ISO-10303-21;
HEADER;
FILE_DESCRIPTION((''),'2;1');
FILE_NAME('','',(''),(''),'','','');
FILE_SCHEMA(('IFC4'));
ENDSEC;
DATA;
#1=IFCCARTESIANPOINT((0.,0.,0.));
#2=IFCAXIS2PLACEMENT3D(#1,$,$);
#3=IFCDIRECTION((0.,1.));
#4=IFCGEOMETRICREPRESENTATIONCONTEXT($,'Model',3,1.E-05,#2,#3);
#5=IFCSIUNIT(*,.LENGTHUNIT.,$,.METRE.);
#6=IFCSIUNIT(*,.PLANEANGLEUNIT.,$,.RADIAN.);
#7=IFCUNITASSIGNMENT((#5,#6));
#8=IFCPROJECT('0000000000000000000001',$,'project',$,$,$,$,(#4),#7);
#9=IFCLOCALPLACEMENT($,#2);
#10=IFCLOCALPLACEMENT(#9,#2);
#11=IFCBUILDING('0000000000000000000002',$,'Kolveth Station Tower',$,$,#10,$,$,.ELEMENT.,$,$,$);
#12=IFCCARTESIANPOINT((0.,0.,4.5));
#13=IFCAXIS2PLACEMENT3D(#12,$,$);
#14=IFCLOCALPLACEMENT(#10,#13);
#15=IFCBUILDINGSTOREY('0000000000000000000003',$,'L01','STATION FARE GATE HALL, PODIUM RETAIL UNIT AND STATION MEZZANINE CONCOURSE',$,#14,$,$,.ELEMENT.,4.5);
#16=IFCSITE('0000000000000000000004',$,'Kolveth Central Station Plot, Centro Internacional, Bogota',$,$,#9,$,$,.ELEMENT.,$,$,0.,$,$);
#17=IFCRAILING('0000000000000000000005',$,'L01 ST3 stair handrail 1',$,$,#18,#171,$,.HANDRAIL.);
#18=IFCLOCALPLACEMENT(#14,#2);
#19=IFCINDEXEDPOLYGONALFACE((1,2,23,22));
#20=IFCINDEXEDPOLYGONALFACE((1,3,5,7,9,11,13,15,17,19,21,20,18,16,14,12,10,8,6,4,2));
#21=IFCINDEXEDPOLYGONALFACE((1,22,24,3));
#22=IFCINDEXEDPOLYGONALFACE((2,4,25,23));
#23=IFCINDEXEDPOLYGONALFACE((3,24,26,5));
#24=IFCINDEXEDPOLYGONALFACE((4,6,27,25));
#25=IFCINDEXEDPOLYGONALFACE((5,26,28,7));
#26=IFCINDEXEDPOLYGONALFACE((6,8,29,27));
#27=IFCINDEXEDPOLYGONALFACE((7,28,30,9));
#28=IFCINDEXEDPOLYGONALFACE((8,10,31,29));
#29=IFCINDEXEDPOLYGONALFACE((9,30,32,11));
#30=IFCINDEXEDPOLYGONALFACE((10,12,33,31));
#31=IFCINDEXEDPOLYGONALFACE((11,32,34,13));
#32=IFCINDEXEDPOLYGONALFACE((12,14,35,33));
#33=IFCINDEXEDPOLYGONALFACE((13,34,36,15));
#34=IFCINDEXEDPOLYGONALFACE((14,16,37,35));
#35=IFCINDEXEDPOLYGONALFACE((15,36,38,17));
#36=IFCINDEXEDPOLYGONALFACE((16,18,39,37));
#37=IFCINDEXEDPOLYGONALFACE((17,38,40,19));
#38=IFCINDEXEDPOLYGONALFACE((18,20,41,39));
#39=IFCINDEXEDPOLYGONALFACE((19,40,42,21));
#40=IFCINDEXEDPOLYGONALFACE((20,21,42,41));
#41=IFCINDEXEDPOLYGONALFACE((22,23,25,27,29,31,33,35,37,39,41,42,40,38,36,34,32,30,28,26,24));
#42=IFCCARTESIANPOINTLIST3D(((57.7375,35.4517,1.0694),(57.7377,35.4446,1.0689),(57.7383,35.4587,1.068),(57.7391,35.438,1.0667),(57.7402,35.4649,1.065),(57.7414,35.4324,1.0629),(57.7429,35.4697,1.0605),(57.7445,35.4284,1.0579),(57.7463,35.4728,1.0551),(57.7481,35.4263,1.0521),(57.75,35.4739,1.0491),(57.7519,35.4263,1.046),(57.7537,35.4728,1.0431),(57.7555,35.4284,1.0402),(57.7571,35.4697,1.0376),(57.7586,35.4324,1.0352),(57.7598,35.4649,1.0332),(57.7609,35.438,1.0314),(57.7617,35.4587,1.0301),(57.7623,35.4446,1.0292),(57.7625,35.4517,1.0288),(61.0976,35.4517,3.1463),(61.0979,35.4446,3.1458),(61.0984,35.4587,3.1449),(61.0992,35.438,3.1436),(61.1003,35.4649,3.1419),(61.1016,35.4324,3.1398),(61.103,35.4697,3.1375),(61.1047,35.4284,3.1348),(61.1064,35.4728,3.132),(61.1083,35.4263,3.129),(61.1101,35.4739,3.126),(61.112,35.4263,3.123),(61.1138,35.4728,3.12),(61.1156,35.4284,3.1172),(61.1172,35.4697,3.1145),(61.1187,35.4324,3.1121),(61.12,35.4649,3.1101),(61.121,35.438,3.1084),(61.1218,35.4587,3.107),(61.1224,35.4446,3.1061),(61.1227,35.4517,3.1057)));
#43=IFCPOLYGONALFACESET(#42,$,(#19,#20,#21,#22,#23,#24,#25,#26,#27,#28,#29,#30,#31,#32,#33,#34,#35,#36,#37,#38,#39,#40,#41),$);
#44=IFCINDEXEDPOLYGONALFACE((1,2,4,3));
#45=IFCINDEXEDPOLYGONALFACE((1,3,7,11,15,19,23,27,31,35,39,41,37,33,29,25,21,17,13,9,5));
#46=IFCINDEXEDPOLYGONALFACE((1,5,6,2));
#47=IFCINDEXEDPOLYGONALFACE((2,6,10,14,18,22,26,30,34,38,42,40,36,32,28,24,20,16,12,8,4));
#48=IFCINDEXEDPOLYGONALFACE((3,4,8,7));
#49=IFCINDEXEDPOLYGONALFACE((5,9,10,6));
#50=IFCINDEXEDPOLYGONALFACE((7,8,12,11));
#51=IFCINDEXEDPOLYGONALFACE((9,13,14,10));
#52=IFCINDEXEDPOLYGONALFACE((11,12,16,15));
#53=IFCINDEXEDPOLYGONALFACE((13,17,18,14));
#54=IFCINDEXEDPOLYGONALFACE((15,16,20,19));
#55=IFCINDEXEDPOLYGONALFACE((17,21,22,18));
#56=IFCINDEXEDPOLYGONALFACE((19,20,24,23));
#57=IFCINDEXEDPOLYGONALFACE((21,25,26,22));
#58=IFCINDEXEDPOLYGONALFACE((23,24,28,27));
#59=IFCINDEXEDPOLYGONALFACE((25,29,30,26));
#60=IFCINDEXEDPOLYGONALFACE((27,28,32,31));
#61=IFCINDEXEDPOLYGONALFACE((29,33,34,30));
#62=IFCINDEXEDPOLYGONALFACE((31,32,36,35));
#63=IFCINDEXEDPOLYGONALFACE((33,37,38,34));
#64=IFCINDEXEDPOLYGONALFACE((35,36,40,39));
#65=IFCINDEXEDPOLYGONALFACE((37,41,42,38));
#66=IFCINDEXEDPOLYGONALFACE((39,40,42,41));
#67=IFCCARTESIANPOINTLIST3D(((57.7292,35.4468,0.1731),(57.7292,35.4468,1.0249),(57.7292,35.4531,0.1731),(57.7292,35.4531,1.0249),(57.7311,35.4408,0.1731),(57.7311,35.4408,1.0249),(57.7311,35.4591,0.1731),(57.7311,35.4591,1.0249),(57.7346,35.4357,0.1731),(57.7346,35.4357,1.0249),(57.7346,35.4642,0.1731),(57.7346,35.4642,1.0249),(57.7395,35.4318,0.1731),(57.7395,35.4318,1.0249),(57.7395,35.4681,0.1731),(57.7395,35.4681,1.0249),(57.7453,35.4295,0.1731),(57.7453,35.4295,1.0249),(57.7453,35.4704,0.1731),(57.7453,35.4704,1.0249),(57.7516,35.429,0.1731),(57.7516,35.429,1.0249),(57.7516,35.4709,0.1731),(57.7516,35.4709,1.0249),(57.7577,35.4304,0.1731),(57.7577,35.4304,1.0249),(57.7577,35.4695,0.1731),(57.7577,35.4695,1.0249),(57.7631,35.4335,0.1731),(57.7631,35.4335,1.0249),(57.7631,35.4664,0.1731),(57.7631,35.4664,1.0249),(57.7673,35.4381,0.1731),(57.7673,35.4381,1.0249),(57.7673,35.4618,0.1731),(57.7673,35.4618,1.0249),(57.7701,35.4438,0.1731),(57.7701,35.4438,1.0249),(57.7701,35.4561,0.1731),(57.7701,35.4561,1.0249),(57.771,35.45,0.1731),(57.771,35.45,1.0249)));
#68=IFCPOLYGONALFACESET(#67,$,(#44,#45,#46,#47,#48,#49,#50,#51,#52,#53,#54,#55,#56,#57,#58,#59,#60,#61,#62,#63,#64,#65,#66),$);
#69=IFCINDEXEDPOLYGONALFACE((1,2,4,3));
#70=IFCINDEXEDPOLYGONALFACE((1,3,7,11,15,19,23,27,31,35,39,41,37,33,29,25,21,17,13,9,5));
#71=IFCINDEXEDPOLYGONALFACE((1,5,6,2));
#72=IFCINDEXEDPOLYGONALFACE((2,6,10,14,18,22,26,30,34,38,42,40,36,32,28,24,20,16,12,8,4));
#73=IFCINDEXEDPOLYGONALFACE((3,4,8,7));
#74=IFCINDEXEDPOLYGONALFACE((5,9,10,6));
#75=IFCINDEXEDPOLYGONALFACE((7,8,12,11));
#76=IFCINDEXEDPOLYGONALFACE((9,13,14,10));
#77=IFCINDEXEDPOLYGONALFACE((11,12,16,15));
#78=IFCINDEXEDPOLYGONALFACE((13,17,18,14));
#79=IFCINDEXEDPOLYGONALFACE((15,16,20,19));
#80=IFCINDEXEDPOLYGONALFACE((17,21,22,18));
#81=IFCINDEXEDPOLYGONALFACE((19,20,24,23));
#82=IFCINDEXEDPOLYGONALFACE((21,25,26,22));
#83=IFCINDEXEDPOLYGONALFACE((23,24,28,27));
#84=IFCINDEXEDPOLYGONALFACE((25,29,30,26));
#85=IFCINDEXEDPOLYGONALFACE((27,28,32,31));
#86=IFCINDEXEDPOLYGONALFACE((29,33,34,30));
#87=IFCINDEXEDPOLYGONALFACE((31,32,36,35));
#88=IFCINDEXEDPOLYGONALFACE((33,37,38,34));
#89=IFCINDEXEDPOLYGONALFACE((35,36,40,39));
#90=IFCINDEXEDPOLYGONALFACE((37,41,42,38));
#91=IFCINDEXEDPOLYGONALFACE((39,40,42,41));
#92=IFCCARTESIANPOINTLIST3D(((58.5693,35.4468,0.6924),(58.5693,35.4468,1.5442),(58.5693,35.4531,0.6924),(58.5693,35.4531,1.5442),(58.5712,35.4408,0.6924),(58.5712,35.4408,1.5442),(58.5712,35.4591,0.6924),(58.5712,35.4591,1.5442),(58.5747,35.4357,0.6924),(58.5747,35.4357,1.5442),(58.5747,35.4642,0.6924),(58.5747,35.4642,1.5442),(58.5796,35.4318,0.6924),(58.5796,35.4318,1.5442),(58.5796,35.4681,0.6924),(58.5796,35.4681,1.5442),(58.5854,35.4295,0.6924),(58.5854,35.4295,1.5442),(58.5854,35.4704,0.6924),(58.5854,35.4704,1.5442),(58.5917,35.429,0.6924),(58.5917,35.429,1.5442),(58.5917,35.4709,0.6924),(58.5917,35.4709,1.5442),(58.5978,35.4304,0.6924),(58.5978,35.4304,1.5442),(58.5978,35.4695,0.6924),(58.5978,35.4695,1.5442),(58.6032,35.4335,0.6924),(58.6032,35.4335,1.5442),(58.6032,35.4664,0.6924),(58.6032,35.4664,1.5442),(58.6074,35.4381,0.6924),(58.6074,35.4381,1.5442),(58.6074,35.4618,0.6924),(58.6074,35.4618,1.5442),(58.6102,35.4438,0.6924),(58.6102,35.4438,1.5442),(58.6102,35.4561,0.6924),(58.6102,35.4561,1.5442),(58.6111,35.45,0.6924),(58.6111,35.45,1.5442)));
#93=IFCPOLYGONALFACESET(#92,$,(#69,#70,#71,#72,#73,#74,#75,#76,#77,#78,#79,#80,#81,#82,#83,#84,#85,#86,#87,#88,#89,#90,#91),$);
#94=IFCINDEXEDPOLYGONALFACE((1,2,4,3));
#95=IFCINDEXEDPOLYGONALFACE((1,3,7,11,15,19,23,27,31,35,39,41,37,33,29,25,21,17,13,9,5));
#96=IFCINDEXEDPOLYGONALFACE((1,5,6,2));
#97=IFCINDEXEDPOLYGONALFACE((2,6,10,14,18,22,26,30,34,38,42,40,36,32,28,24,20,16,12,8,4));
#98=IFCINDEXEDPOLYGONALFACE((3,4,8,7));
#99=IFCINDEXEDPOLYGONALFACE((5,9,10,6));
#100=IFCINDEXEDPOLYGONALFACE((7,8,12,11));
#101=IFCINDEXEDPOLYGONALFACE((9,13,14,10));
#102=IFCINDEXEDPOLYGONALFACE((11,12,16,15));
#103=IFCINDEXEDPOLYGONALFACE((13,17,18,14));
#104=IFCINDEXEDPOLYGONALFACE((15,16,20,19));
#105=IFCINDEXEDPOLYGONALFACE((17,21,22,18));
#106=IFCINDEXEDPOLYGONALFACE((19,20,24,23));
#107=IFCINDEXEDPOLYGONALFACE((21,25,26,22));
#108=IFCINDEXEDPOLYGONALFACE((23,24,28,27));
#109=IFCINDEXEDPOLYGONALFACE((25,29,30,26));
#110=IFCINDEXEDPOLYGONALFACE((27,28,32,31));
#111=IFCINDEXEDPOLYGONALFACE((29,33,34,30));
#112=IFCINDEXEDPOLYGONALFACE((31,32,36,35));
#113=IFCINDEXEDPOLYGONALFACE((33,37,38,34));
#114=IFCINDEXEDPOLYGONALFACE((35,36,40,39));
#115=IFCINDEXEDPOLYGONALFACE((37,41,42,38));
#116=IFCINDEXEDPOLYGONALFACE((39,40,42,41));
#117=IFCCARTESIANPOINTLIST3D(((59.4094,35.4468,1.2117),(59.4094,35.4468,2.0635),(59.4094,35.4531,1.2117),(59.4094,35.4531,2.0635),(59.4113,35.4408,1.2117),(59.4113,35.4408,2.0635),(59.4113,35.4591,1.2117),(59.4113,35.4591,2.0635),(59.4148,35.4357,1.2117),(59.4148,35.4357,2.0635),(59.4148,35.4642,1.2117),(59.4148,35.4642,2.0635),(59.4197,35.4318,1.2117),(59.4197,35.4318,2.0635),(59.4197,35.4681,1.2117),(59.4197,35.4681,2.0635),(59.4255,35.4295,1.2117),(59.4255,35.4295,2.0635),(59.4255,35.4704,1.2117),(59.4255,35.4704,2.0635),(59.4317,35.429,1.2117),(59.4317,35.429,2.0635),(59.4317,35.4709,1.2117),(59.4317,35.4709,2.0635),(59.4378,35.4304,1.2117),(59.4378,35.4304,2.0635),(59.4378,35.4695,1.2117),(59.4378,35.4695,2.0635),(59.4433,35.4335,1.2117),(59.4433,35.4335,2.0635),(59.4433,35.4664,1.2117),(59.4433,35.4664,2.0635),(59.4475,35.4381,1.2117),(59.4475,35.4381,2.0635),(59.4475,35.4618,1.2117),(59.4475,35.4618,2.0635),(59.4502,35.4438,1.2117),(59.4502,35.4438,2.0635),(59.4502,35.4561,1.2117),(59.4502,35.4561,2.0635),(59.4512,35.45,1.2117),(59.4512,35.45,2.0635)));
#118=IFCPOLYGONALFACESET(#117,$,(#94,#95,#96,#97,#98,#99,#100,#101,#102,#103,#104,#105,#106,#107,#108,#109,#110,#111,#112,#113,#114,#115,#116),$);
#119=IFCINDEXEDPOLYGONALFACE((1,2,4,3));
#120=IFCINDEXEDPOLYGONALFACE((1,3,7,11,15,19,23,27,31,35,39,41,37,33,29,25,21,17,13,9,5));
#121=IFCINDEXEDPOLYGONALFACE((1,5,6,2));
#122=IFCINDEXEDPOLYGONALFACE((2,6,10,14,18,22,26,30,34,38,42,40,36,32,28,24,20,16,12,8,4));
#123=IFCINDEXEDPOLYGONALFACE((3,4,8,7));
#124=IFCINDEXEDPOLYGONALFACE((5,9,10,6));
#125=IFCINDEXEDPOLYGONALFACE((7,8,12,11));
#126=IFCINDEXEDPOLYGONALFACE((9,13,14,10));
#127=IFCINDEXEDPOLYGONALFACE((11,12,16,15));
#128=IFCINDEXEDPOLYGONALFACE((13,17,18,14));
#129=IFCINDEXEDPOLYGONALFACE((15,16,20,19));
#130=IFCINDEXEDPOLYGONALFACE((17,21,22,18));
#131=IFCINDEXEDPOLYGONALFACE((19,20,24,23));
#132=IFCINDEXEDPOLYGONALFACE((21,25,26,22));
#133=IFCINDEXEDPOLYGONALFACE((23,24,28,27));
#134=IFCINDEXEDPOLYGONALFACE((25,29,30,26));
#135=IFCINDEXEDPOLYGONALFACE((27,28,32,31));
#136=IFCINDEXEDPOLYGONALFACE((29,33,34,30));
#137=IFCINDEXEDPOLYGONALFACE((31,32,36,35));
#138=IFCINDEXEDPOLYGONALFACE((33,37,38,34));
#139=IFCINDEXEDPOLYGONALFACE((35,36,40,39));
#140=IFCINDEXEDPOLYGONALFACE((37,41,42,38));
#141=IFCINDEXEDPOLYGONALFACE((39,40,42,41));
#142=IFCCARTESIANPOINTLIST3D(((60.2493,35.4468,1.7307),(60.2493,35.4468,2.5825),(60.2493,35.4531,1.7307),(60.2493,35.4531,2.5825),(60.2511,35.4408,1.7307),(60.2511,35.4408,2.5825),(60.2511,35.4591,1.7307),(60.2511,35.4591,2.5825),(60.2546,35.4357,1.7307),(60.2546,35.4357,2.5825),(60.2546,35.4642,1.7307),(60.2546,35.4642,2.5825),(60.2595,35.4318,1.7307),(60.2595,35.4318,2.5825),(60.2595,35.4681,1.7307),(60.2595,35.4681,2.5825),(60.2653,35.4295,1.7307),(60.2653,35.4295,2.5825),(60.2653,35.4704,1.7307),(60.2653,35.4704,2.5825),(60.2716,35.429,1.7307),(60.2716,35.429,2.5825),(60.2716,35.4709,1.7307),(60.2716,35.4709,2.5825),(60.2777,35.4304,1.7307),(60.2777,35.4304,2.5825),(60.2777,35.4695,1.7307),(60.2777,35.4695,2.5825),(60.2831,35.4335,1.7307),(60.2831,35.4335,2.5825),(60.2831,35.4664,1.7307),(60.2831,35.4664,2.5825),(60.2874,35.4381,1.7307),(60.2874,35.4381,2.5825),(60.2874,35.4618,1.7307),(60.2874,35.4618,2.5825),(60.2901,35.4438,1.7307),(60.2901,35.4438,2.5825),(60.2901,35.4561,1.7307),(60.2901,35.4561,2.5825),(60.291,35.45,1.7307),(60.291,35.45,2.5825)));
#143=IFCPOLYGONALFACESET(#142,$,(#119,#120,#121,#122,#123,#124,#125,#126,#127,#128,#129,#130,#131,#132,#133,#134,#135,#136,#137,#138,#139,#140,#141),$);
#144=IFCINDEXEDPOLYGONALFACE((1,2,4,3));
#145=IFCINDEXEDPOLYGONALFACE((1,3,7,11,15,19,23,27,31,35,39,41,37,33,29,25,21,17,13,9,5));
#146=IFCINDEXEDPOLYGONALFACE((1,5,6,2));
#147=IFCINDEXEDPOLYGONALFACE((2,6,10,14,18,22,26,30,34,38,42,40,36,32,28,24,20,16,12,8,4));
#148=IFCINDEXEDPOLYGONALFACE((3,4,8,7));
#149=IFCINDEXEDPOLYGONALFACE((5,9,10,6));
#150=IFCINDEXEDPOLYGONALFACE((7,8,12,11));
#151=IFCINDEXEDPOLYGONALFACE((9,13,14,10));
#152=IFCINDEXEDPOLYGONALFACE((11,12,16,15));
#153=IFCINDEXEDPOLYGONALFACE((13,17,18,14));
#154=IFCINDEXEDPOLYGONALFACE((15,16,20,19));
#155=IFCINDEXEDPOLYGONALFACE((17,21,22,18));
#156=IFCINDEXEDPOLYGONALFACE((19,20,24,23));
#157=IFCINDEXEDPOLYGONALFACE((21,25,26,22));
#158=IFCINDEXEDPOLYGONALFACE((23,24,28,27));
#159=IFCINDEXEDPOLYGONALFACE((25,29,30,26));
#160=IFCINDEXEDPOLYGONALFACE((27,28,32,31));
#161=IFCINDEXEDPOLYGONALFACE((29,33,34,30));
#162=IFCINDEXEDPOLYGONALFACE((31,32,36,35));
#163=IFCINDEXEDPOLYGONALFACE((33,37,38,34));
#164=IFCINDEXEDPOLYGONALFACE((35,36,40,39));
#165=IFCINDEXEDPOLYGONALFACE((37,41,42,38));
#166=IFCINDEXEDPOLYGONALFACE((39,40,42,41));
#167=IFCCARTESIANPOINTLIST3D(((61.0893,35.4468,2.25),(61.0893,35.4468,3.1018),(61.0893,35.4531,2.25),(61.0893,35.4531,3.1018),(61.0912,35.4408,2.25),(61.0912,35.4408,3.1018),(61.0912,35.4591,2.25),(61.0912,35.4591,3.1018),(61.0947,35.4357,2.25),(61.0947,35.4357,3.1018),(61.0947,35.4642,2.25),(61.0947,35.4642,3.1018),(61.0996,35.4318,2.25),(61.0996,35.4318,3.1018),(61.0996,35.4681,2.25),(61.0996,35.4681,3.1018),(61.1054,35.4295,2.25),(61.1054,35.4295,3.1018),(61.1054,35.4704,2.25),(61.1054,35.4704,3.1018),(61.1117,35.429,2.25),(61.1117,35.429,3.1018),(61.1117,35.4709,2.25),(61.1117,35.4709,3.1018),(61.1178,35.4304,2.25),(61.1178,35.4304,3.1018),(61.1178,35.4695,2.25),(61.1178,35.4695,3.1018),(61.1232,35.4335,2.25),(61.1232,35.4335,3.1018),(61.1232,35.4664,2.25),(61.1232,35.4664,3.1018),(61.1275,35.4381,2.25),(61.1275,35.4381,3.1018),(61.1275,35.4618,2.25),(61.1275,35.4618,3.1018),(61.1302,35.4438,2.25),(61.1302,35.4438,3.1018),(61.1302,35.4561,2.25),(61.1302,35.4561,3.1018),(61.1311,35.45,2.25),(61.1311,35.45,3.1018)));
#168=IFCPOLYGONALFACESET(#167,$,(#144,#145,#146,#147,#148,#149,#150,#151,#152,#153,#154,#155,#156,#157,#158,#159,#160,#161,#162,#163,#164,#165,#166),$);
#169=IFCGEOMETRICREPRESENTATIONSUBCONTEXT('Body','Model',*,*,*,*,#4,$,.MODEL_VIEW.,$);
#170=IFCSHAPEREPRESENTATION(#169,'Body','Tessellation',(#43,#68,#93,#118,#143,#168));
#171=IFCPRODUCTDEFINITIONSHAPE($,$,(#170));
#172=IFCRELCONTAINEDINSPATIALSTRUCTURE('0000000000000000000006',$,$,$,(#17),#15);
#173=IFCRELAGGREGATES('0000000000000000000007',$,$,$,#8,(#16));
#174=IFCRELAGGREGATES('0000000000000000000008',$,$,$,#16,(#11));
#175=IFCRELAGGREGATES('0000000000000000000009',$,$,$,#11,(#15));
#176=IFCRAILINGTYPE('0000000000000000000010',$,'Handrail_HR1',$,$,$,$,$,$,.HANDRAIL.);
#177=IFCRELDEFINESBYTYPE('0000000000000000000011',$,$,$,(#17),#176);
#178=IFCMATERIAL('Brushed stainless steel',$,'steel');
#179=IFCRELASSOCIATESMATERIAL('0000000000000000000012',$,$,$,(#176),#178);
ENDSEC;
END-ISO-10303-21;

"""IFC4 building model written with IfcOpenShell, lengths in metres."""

from ifc_helpers import new_model, si_unit, direction, frame, origin, origin_2d, place, context, subcontext, project, spatial, circle, extrude, material, type_object, element, save


model = new_model("IFC4")

# Units and contexts
model_context = context("Model", 3, precision=1e-05, world=origin(), true_north=direction((0.0, 1.0)))
body_context = subcontext(model_context, "Body", "Model", "MODEL_VIEW")
ifc_project = project(units=[si_unit("LENGTHUNIT", "METRE"), si_unit("PLANEANGLEUNIT", "RADIAN")], contexts=[model_context])

# Site, building, storey
site_placement = place(None, origin())
site = spatial("IfcSite", under=ifc_project, at=site_placement, Name="Kolveth Central Station Plot, Centro Internacional, Bogota", CompositionType="ELEMENT", RefElevation=0.0)
building_placement = place(site_placement, origin())
building = spatial("IfcBuilding", under=site, at=building_placement, Name="Kolveth Station Tower", CompositionType="ELEMENT")
storey_placement = place(building_placement, frame((0.0, 0.0, 4.5)))
storey = spatial("IfcBuildingStorey", under=building, at=storey_placement, Name="L01", Description="STATION FARE GATE HALL, PODIUM RETAIL UNIT AND STATION MEZZANINE CONCOURSE", CompositionType="ELEMENT", Elevation=4.5)

# Railing
ifc_material_1 = material(Name="Brushed stainless steel", Category="steel")
railing_type_1 = type_object("IfcRailingType", Name="Handrail_HR1", PredefinedType="HANDRAIL", material=ifc_material_1)
railing_1_placement = place(storey_placement, frame((57.75, 35.45, 0.1731)))
element("IfcRailing", 1, at=railing_1_placement, inside=storey, type_object=railing_type_1, Name="L01 ST3 stair handrail 1", PredefinedType="HANDRAIL", context=body_context, shape_type="SweptSolid", body=[
    extrude(circle(Radius=0.0239, at=origin_2d()), frame((0.0, 0.0, 0.876), z_axis=(0.850623, 0.0, 0.525776), x_axis=(0.0, 1.0, 0.0)), (0.0, 0.0, 1.0), 3.9502),
    extrude(circle(Radius=0.021, at=origin_2d()), origin(), (0.0, 0.0, 1.0), 0.8518),
    extrude(circle(Radius=0.021, at=origin_2d()), frame((0.8401, 0.0, 0.5193)), (0.0, 0.0, 1.0), 0.8518),
    extrude(circle(Radius=0.021, at=origin_2d()), frame((1.6802, 0.0, 1.0386)), (0.0, 0.0, 1.0), 0.8518),
    extrude(circle(Radius=0.021, at=origin_2d()), frame((2.52, 0.0, 1.5576)), (0.0, 0.0, 1.0), 0.8518),
    extrude(circle(Radius=0.021, at=origin_2d()), frame((3.3601, 0.0, 2.0769)), (0.0, 0.0, 1.0), 0.8518),
])

save(model, "model.ifc")
